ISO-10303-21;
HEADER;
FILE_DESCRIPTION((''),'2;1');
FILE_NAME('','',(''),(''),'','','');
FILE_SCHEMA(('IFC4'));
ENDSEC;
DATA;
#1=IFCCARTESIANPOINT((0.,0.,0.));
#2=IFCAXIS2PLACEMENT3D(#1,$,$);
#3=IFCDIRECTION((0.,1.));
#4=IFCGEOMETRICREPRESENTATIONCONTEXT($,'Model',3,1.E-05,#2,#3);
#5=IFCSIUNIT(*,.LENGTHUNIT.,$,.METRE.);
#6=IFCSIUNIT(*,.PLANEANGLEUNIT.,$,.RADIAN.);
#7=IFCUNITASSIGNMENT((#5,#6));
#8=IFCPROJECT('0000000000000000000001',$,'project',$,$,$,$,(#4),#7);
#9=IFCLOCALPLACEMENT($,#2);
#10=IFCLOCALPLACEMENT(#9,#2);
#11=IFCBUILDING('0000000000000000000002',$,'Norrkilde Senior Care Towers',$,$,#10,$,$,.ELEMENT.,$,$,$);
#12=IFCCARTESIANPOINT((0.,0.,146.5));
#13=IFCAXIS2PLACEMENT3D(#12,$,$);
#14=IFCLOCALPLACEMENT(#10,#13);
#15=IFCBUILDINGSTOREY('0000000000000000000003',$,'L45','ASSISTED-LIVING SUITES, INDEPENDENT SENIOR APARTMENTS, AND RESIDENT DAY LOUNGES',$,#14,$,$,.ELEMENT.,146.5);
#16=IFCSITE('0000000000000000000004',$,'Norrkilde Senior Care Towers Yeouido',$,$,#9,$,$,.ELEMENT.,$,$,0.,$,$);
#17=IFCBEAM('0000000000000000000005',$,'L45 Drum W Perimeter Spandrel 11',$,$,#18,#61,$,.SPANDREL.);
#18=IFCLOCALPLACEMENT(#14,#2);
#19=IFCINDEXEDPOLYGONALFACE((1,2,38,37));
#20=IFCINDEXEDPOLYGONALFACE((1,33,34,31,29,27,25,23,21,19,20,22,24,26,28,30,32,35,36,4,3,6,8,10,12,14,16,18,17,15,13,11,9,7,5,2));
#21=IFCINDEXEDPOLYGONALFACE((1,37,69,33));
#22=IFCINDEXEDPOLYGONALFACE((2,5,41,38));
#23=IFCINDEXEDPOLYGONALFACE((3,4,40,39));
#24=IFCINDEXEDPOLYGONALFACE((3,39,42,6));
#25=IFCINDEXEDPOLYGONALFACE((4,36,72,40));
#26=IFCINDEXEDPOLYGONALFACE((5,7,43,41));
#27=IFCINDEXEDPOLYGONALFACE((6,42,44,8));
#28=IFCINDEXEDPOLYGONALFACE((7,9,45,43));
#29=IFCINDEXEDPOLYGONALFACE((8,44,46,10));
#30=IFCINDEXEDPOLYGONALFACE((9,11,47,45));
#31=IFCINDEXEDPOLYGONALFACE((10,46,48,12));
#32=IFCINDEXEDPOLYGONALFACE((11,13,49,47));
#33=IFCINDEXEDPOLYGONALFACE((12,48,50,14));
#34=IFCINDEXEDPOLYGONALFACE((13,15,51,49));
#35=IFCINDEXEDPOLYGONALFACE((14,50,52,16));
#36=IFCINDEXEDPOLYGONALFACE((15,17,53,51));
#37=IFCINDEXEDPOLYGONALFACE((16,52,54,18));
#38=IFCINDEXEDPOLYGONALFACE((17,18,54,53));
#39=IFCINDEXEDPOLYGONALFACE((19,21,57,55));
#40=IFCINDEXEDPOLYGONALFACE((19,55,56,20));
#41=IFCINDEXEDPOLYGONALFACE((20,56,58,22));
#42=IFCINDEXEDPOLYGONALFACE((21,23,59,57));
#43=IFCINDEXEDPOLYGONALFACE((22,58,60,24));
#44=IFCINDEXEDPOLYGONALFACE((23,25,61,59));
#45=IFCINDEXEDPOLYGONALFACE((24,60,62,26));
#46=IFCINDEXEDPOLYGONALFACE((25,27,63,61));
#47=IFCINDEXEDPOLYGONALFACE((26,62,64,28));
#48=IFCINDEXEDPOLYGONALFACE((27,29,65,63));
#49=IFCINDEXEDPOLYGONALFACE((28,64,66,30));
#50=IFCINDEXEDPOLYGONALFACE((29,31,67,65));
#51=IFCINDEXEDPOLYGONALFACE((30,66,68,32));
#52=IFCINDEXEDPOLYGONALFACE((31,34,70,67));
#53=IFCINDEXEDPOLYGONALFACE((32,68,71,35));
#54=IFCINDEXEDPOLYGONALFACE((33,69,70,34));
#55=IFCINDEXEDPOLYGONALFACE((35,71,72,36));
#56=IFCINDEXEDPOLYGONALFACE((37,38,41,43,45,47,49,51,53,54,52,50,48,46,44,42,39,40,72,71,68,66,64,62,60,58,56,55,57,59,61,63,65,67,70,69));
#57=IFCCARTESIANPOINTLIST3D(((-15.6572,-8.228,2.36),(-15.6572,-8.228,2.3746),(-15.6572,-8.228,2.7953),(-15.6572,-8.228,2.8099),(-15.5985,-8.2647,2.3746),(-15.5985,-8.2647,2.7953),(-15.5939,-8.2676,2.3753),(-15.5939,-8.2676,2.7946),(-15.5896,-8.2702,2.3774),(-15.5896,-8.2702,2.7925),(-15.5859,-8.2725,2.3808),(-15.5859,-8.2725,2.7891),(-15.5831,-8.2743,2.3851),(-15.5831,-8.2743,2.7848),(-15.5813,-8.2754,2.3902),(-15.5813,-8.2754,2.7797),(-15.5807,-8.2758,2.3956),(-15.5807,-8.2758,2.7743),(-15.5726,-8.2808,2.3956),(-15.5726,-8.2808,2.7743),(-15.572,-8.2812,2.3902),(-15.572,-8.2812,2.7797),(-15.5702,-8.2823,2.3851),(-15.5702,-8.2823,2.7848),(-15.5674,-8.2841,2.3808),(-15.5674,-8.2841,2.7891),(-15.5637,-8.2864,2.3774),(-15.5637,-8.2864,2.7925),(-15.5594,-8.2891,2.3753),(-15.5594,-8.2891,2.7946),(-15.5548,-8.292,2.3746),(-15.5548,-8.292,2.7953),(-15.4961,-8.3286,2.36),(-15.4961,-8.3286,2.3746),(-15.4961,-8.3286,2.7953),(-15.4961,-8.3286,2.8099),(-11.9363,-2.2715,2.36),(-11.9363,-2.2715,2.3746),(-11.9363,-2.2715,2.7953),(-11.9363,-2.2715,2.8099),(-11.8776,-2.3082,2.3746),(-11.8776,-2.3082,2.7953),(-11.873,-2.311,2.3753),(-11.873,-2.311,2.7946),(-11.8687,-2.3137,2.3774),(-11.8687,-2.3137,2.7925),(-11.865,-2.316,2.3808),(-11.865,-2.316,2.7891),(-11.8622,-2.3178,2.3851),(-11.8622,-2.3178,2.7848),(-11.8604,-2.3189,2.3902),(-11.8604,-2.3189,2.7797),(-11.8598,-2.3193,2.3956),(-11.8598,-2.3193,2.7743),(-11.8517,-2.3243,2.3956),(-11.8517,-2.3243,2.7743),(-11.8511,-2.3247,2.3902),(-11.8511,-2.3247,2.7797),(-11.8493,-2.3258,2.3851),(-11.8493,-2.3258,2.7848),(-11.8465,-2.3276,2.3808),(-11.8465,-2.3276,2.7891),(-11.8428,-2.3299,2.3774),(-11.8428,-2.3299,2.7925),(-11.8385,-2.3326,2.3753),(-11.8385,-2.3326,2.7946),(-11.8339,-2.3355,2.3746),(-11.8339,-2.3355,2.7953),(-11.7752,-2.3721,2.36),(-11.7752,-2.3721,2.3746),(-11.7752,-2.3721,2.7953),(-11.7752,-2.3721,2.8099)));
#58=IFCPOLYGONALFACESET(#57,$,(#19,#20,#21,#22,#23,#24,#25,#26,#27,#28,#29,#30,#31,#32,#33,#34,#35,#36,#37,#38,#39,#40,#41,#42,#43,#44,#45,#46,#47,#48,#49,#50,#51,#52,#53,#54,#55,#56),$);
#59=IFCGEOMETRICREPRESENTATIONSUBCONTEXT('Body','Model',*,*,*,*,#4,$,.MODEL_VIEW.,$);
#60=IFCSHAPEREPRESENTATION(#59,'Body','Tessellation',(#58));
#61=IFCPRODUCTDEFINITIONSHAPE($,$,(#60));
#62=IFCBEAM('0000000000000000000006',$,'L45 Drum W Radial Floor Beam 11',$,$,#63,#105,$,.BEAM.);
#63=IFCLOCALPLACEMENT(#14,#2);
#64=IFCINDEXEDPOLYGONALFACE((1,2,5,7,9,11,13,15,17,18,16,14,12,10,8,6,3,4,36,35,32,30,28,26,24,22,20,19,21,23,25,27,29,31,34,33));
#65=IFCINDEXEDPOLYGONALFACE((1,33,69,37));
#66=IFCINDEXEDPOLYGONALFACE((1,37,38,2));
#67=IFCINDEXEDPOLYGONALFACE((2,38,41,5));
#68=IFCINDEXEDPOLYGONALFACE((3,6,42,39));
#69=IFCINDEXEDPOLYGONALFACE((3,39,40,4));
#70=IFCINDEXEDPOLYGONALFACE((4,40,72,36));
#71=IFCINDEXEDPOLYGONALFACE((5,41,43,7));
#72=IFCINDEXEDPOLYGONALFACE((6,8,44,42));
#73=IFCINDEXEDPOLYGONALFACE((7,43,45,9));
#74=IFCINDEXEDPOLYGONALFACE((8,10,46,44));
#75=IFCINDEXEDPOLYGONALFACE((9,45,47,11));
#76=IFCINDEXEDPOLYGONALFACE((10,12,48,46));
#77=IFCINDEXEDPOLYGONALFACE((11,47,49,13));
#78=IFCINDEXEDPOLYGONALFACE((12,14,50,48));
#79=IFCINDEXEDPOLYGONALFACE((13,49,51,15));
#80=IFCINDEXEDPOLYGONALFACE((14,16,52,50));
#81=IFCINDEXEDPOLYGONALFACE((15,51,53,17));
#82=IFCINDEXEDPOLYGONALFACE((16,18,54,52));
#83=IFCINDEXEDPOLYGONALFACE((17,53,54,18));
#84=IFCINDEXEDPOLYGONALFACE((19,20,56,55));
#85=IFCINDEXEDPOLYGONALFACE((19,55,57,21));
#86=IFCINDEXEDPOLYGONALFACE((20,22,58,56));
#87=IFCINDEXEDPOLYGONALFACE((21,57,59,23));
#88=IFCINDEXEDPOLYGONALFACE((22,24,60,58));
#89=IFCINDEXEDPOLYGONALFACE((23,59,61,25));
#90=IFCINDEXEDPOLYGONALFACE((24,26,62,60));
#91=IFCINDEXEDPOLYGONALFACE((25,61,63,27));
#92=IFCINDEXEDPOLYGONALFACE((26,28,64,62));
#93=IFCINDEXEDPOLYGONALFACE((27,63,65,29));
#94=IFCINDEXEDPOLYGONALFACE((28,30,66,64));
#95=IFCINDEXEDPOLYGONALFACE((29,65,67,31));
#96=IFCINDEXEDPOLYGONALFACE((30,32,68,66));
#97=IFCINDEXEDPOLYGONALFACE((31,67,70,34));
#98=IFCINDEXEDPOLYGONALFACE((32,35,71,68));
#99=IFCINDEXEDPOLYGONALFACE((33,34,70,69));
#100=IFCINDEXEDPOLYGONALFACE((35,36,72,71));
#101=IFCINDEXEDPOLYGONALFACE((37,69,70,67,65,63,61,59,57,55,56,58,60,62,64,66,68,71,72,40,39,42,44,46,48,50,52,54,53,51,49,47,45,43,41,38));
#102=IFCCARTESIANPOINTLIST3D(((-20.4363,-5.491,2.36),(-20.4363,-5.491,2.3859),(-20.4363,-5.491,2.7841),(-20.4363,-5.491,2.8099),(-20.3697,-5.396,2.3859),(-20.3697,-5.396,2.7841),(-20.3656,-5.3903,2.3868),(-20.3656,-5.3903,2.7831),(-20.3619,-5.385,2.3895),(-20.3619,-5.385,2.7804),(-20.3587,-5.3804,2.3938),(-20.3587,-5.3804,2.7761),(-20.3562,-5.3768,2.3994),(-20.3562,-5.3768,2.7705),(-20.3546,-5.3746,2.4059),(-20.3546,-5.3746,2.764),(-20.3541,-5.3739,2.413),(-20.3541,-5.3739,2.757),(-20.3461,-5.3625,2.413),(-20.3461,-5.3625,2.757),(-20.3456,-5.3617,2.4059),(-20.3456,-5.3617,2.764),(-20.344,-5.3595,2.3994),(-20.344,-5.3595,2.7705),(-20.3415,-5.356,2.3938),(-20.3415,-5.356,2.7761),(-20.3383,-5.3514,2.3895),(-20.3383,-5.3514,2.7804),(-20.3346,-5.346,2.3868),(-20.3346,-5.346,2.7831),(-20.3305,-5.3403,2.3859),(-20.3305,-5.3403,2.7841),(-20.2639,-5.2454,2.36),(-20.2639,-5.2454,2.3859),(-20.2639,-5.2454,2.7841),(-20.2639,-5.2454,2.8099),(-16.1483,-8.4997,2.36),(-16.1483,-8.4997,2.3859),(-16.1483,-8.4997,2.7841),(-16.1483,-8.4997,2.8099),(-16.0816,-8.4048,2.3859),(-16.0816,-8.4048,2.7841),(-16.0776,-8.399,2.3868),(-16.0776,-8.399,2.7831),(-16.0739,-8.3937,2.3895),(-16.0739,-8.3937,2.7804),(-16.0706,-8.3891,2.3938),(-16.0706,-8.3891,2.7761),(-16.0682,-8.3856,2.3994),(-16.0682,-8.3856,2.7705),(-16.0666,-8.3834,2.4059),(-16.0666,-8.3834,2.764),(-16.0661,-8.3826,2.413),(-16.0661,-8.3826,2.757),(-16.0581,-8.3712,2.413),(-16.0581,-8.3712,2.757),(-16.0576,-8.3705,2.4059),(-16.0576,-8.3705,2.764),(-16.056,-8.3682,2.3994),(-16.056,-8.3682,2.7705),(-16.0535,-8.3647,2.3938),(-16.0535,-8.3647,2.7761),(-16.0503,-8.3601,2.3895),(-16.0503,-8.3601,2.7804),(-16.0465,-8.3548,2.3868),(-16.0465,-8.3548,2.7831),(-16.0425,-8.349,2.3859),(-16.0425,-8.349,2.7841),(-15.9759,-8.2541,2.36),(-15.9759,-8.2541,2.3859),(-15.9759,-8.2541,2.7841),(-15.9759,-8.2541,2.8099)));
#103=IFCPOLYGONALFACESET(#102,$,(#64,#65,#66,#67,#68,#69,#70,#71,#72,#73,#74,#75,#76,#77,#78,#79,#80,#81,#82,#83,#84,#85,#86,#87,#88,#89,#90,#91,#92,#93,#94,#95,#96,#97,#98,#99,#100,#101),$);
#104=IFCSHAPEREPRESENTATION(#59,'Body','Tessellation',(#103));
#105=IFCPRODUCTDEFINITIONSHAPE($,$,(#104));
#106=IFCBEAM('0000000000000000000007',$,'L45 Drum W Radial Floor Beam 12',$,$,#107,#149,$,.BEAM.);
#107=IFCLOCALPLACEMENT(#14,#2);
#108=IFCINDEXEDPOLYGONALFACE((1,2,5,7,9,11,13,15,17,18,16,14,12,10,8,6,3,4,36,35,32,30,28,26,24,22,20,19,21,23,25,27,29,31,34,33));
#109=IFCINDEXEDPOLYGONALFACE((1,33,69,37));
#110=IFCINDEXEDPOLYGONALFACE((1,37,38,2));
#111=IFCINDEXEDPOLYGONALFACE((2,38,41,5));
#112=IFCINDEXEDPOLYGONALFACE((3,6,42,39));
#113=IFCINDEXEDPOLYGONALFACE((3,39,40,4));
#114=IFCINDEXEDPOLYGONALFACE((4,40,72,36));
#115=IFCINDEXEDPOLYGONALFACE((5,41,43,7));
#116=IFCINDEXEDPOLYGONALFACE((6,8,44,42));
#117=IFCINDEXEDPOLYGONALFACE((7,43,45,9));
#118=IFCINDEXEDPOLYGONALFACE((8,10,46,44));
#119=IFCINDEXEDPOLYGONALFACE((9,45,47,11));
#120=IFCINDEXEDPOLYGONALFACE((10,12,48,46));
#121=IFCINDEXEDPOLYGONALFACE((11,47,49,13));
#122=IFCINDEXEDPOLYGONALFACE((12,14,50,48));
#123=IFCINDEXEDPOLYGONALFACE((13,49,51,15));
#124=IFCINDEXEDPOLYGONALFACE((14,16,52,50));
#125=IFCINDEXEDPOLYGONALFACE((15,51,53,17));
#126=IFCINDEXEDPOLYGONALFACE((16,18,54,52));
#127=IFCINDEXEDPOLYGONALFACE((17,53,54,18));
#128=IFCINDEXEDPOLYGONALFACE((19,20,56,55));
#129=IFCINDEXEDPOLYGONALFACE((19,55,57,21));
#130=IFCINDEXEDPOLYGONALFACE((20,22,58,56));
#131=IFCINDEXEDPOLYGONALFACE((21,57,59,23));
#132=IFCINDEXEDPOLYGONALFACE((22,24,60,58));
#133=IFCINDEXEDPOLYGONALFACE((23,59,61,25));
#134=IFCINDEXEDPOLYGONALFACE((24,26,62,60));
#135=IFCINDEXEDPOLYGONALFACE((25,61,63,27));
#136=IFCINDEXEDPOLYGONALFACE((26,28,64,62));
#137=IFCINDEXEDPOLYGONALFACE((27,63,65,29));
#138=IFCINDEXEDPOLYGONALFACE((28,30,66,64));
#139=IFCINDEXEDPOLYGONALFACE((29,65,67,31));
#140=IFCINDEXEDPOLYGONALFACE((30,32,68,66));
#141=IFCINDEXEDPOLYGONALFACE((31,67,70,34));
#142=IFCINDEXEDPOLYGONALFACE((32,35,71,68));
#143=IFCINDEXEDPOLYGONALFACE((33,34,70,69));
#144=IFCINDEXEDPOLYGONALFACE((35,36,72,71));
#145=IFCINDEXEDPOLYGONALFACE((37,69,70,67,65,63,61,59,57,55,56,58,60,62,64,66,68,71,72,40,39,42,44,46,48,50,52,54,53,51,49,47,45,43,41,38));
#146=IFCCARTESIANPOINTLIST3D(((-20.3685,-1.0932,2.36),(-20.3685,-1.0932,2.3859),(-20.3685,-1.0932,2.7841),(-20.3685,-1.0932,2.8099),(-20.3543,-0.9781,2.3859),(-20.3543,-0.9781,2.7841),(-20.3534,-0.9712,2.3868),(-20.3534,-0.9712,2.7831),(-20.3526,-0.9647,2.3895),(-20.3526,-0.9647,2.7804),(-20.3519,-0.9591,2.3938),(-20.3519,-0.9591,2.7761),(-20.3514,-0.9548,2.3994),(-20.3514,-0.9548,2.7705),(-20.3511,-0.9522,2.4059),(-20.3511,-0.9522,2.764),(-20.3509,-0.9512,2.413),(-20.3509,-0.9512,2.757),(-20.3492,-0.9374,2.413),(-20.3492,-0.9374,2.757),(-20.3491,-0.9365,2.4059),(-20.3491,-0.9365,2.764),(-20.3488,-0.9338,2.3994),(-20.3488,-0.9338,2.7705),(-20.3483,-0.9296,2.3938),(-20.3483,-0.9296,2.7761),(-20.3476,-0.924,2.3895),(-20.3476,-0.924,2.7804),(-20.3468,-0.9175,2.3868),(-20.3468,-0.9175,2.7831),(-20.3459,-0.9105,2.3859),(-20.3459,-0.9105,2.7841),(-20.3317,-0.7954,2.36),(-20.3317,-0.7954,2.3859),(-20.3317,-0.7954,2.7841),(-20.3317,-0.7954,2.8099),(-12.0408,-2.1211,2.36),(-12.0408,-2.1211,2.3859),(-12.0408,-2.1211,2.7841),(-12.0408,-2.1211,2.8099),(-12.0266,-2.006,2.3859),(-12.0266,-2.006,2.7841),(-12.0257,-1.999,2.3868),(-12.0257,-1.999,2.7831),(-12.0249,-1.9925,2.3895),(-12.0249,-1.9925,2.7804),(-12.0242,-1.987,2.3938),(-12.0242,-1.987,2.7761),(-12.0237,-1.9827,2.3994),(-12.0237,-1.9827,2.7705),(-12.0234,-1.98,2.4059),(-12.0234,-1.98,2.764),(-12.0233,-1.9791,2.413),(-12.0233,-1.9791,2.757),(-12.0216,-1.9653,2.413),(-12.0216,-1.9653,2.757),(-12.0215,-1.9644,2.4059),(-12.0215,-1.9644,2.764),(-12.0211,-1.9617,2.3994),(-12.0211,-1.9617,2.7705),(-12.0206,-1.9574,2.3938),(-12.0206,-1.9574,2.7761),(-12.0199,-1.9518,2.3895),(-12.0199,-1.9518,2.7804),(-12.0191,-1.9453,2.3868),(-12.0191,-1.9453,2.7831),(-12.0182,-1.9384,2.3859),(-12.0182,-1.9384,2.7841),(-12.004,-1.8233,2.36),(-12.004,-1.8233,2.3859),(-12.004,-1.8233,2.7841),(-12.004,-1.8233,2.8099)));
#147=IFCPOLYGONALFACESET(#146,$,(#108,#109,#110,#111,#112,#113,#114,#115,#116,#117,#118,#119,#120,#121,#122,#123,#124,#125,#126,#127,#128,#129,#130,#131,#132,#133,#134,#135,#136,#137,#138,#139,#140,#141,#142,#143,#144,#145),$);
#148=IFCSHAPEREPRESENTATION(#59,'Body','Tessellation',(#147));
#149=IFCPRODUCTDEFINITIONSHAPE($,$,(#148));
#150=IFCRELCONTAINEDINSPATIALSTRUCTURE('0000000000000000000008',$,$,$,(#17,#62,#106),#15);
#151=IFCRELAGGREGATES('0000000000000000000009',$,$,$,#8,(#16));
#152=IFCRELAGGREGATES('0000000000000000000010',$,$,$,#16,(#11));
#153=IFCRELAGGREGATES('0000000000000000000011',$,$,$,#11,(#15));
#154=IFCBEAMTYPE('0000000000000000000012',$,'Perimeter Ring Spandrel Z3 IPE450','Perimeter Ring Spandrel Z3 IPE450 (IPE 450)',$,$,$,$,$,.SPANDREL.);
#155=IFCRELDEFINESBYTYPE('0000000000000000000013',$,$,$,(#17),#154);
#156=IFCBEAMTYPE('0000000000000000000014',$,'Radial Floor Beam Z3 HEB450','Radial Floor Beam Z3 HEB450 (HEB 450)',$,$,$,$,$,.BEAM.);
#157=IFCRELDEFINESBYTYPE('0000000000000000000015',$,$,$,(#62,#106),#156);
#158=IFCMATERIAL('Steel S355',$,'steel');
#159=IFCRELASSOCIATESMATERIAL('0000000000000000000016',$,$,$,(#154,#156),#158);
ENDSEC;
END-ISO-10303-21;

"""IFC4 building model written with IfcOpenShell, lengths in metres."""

from ifc_helpers import new_model, si_unit, direction, frame, origin, origin_2d, place, context, subcontext, project, spatial, i_section, extrude, source, transform, mapped, material, material_profile, profile_set, type_object, type_shapes, element, save


model = new_model("IFC4")

# Units and contexts
model_context = context("Model", 3, precision=1e-05, world=origin(), true_north=direction((0.0, 1.0)))
body_context = subcontext(model_context, "Body", "Model", "MODEL_VIEW")
ifc_project = project(units=[si_unit("LENGTHUNIT", "METRE"), si_unit("PLANEANGLEUNIT", "RADIAN")], contexts=[model_context])

# Site, building, storey
site_placement = place(None, origin())
site = spatial("IfcSite", under=ifc_project, at=site_placement, Name="Norrkilde Senior Care Towers Yeouido", CompositionType="ELEMENT", RefElevation=0.0)
building_placement = place(site_placement, origin())
building = spatial("IfcBuilding", under=site, at=building_placement, Name="Norrkilde Senior Care Towers", CompositionType="ELEMENT")
storey_placement = place(building_placement, frame((0.0, 0.0, 146.5)))
storey = spatial("IfcBuildingStorey", under=building, at=storey_placement, Name="L45", Description="ASSISTED-LIVING SUITES, INDEPENDENT SENIOR APARTMENTS, AND RESIDENT DAY LOUNGES", CompositionType="ELEMENT", Elevation=146.5)

# Beams
ifc_material_1 = material(Name="Steel S355", Category="steel")
ifc_material_profile_1 = material_profile(ifc_material_1, i_section(OverallWidth=0.1899, OverallDepth=0.45, WebThickness=0.0095, FlangeThickness=0.0146, FilletRadius=0.021, at=origin_2d()), Name="IPE 450")
ifc_profile_set_1 = profile_set([ifc_material_profile_1], Name="Steel S355")
beam_type_1 = type_object("IfcBeamType", Name="Perimeter Ring Spandrel Z3 IPE450", Description="Perimeter Ring Spandrel Z3 IPE450 (IPE 450)", PredefinedType="SPANDREL", material=ifc_profile_set_1)
shared_shape_1 = source(origin(), body_context, "Body", "SweptSolid", [
    extrude(i_section(OverallWidth=0.1899, OverallDepth=0.45, WebThickness=0.0095, FlangeThickness=0.0146, FilletRadius=0.021, at=origin_2d()), origin(), (0.0, 0.0, 1.0), 7.0232),
])
beam_1_placement = place(storey_placement, frame((-15.5767, -8.2783, 2.585), z_axis=(0.529805, 0.848119, 0.0), x_axis=(-0.848119, 0.529805, 0.0)))
element("IfcBeam", 1, at=beam_1_placement, inside=storey, type_object=beam_type_1, Name="L45 Drum W Perimeter Spandrel 11", PredefinedType="SPANDREL", context=body_context, shape_type="MappedRepresentation", body=[
    mapped(shared_shape_1, transform((0.0, 0.0, 0.0), x_axis=(1.0, 0.0, 0.0), y_axis=(0.0, 1.0, 0.0), z_axis=(0.0, 0.0, 1.0), scale=1.0)),
])
ifc_material_profile_2 = material_profile(ifc_material_1, i_section(OverallWidth=0.3, OverallDepth=0.45, WebThickness=0.0139, FlangeThickness=0.0259, FilletRadius=0.0271, at=origin_2d()), Name="HEB 450")
ifc_profile_set_2 = profile_set([ifc_material_profile_2], Name="Steel S355")
beam_type_2 = type_object("IfcBeamType", Name="Radial Floor Beam Z3 HEB450", Description="Radial Floor Beam Z3 HEB450 (HEB 450)", PredefinedType="BEAM", material=ifc_profile_set_2)
shared_shape_2 = source(origin(), body_context, "Body", "SweptSolid", [
    extrude(i_section(OverallWidth=0.3, OverallDepth=0.45, WebThickness=0.0139, FlangeThickness=0.0259, FilletRadius=0.0271, at=origin_2d()), origin(), (0.0, 0.0, 1.0), 5.2383),
])
beam_2_placement = place(storey_placement, frame((-20.3501, -5.3682, 2.585), z_axis=(0.818592, -0.574375, 0.0), x_axis=(0.574375, 0.818592, 0.0)))
element("IfcBeam", 2, at=beam_2_placement, inside=storey, type_object=beam_type_2, Name="L45 Drum W Radial Floor Beam 11", PredefinedType="BEAM", context=body_context, shape_type="MappedRepresentation", body=[
    mapped(shared_shape_2, transform((0.0, 0.0, 0.0), x_axis=(1.0, 0.0, 0.0), y_axis=(0.0, 1.0, 0.0), z_axis=(0.0, 0.0, 1.0), scale=1.0)),
])
shared_shape_3 = source(origin(), body_context, "Body", "SweptSolid", [
    extrude(i_section(OverallWidth=0.3, OverallDepth=0.45, WebThickness=0.0139, FlangeThickness=0.0259, FilletRadius=0.0271, at=origin_2d()), origin(), (0.0, 0.0, 1.0), 8.3909),
])
type_shapes(beam_type_2, [shared_shape_2, shared_shape_3])
beam_3_placement = place(storey_placement, frame((-20.3501, -0.9443, 2.585), z_axis=(0.992469, -0.122495, 0.0), x_axis=(0.122495, 0.992469, 0.0)))
element("IfcBeam", 3, at=beam_3_placement, inside=storey, type_object=beam_type_2, Name="L45 Drum W Radial Floor Beam 12", PredefinedType="BEAM", context=body_context, shape_type="MappedRepresentation", body=[
    mapped(shared_shape_3, transform((0.0, 0.0, 0.0), x_axis=(1.0, 0.0, 0.0), y_axis=(0.0, 1.0, 0.0), z_axis=(0.0, 0.0, 1.0), scale=1.0)),
])

save(model, "model.ifc")
